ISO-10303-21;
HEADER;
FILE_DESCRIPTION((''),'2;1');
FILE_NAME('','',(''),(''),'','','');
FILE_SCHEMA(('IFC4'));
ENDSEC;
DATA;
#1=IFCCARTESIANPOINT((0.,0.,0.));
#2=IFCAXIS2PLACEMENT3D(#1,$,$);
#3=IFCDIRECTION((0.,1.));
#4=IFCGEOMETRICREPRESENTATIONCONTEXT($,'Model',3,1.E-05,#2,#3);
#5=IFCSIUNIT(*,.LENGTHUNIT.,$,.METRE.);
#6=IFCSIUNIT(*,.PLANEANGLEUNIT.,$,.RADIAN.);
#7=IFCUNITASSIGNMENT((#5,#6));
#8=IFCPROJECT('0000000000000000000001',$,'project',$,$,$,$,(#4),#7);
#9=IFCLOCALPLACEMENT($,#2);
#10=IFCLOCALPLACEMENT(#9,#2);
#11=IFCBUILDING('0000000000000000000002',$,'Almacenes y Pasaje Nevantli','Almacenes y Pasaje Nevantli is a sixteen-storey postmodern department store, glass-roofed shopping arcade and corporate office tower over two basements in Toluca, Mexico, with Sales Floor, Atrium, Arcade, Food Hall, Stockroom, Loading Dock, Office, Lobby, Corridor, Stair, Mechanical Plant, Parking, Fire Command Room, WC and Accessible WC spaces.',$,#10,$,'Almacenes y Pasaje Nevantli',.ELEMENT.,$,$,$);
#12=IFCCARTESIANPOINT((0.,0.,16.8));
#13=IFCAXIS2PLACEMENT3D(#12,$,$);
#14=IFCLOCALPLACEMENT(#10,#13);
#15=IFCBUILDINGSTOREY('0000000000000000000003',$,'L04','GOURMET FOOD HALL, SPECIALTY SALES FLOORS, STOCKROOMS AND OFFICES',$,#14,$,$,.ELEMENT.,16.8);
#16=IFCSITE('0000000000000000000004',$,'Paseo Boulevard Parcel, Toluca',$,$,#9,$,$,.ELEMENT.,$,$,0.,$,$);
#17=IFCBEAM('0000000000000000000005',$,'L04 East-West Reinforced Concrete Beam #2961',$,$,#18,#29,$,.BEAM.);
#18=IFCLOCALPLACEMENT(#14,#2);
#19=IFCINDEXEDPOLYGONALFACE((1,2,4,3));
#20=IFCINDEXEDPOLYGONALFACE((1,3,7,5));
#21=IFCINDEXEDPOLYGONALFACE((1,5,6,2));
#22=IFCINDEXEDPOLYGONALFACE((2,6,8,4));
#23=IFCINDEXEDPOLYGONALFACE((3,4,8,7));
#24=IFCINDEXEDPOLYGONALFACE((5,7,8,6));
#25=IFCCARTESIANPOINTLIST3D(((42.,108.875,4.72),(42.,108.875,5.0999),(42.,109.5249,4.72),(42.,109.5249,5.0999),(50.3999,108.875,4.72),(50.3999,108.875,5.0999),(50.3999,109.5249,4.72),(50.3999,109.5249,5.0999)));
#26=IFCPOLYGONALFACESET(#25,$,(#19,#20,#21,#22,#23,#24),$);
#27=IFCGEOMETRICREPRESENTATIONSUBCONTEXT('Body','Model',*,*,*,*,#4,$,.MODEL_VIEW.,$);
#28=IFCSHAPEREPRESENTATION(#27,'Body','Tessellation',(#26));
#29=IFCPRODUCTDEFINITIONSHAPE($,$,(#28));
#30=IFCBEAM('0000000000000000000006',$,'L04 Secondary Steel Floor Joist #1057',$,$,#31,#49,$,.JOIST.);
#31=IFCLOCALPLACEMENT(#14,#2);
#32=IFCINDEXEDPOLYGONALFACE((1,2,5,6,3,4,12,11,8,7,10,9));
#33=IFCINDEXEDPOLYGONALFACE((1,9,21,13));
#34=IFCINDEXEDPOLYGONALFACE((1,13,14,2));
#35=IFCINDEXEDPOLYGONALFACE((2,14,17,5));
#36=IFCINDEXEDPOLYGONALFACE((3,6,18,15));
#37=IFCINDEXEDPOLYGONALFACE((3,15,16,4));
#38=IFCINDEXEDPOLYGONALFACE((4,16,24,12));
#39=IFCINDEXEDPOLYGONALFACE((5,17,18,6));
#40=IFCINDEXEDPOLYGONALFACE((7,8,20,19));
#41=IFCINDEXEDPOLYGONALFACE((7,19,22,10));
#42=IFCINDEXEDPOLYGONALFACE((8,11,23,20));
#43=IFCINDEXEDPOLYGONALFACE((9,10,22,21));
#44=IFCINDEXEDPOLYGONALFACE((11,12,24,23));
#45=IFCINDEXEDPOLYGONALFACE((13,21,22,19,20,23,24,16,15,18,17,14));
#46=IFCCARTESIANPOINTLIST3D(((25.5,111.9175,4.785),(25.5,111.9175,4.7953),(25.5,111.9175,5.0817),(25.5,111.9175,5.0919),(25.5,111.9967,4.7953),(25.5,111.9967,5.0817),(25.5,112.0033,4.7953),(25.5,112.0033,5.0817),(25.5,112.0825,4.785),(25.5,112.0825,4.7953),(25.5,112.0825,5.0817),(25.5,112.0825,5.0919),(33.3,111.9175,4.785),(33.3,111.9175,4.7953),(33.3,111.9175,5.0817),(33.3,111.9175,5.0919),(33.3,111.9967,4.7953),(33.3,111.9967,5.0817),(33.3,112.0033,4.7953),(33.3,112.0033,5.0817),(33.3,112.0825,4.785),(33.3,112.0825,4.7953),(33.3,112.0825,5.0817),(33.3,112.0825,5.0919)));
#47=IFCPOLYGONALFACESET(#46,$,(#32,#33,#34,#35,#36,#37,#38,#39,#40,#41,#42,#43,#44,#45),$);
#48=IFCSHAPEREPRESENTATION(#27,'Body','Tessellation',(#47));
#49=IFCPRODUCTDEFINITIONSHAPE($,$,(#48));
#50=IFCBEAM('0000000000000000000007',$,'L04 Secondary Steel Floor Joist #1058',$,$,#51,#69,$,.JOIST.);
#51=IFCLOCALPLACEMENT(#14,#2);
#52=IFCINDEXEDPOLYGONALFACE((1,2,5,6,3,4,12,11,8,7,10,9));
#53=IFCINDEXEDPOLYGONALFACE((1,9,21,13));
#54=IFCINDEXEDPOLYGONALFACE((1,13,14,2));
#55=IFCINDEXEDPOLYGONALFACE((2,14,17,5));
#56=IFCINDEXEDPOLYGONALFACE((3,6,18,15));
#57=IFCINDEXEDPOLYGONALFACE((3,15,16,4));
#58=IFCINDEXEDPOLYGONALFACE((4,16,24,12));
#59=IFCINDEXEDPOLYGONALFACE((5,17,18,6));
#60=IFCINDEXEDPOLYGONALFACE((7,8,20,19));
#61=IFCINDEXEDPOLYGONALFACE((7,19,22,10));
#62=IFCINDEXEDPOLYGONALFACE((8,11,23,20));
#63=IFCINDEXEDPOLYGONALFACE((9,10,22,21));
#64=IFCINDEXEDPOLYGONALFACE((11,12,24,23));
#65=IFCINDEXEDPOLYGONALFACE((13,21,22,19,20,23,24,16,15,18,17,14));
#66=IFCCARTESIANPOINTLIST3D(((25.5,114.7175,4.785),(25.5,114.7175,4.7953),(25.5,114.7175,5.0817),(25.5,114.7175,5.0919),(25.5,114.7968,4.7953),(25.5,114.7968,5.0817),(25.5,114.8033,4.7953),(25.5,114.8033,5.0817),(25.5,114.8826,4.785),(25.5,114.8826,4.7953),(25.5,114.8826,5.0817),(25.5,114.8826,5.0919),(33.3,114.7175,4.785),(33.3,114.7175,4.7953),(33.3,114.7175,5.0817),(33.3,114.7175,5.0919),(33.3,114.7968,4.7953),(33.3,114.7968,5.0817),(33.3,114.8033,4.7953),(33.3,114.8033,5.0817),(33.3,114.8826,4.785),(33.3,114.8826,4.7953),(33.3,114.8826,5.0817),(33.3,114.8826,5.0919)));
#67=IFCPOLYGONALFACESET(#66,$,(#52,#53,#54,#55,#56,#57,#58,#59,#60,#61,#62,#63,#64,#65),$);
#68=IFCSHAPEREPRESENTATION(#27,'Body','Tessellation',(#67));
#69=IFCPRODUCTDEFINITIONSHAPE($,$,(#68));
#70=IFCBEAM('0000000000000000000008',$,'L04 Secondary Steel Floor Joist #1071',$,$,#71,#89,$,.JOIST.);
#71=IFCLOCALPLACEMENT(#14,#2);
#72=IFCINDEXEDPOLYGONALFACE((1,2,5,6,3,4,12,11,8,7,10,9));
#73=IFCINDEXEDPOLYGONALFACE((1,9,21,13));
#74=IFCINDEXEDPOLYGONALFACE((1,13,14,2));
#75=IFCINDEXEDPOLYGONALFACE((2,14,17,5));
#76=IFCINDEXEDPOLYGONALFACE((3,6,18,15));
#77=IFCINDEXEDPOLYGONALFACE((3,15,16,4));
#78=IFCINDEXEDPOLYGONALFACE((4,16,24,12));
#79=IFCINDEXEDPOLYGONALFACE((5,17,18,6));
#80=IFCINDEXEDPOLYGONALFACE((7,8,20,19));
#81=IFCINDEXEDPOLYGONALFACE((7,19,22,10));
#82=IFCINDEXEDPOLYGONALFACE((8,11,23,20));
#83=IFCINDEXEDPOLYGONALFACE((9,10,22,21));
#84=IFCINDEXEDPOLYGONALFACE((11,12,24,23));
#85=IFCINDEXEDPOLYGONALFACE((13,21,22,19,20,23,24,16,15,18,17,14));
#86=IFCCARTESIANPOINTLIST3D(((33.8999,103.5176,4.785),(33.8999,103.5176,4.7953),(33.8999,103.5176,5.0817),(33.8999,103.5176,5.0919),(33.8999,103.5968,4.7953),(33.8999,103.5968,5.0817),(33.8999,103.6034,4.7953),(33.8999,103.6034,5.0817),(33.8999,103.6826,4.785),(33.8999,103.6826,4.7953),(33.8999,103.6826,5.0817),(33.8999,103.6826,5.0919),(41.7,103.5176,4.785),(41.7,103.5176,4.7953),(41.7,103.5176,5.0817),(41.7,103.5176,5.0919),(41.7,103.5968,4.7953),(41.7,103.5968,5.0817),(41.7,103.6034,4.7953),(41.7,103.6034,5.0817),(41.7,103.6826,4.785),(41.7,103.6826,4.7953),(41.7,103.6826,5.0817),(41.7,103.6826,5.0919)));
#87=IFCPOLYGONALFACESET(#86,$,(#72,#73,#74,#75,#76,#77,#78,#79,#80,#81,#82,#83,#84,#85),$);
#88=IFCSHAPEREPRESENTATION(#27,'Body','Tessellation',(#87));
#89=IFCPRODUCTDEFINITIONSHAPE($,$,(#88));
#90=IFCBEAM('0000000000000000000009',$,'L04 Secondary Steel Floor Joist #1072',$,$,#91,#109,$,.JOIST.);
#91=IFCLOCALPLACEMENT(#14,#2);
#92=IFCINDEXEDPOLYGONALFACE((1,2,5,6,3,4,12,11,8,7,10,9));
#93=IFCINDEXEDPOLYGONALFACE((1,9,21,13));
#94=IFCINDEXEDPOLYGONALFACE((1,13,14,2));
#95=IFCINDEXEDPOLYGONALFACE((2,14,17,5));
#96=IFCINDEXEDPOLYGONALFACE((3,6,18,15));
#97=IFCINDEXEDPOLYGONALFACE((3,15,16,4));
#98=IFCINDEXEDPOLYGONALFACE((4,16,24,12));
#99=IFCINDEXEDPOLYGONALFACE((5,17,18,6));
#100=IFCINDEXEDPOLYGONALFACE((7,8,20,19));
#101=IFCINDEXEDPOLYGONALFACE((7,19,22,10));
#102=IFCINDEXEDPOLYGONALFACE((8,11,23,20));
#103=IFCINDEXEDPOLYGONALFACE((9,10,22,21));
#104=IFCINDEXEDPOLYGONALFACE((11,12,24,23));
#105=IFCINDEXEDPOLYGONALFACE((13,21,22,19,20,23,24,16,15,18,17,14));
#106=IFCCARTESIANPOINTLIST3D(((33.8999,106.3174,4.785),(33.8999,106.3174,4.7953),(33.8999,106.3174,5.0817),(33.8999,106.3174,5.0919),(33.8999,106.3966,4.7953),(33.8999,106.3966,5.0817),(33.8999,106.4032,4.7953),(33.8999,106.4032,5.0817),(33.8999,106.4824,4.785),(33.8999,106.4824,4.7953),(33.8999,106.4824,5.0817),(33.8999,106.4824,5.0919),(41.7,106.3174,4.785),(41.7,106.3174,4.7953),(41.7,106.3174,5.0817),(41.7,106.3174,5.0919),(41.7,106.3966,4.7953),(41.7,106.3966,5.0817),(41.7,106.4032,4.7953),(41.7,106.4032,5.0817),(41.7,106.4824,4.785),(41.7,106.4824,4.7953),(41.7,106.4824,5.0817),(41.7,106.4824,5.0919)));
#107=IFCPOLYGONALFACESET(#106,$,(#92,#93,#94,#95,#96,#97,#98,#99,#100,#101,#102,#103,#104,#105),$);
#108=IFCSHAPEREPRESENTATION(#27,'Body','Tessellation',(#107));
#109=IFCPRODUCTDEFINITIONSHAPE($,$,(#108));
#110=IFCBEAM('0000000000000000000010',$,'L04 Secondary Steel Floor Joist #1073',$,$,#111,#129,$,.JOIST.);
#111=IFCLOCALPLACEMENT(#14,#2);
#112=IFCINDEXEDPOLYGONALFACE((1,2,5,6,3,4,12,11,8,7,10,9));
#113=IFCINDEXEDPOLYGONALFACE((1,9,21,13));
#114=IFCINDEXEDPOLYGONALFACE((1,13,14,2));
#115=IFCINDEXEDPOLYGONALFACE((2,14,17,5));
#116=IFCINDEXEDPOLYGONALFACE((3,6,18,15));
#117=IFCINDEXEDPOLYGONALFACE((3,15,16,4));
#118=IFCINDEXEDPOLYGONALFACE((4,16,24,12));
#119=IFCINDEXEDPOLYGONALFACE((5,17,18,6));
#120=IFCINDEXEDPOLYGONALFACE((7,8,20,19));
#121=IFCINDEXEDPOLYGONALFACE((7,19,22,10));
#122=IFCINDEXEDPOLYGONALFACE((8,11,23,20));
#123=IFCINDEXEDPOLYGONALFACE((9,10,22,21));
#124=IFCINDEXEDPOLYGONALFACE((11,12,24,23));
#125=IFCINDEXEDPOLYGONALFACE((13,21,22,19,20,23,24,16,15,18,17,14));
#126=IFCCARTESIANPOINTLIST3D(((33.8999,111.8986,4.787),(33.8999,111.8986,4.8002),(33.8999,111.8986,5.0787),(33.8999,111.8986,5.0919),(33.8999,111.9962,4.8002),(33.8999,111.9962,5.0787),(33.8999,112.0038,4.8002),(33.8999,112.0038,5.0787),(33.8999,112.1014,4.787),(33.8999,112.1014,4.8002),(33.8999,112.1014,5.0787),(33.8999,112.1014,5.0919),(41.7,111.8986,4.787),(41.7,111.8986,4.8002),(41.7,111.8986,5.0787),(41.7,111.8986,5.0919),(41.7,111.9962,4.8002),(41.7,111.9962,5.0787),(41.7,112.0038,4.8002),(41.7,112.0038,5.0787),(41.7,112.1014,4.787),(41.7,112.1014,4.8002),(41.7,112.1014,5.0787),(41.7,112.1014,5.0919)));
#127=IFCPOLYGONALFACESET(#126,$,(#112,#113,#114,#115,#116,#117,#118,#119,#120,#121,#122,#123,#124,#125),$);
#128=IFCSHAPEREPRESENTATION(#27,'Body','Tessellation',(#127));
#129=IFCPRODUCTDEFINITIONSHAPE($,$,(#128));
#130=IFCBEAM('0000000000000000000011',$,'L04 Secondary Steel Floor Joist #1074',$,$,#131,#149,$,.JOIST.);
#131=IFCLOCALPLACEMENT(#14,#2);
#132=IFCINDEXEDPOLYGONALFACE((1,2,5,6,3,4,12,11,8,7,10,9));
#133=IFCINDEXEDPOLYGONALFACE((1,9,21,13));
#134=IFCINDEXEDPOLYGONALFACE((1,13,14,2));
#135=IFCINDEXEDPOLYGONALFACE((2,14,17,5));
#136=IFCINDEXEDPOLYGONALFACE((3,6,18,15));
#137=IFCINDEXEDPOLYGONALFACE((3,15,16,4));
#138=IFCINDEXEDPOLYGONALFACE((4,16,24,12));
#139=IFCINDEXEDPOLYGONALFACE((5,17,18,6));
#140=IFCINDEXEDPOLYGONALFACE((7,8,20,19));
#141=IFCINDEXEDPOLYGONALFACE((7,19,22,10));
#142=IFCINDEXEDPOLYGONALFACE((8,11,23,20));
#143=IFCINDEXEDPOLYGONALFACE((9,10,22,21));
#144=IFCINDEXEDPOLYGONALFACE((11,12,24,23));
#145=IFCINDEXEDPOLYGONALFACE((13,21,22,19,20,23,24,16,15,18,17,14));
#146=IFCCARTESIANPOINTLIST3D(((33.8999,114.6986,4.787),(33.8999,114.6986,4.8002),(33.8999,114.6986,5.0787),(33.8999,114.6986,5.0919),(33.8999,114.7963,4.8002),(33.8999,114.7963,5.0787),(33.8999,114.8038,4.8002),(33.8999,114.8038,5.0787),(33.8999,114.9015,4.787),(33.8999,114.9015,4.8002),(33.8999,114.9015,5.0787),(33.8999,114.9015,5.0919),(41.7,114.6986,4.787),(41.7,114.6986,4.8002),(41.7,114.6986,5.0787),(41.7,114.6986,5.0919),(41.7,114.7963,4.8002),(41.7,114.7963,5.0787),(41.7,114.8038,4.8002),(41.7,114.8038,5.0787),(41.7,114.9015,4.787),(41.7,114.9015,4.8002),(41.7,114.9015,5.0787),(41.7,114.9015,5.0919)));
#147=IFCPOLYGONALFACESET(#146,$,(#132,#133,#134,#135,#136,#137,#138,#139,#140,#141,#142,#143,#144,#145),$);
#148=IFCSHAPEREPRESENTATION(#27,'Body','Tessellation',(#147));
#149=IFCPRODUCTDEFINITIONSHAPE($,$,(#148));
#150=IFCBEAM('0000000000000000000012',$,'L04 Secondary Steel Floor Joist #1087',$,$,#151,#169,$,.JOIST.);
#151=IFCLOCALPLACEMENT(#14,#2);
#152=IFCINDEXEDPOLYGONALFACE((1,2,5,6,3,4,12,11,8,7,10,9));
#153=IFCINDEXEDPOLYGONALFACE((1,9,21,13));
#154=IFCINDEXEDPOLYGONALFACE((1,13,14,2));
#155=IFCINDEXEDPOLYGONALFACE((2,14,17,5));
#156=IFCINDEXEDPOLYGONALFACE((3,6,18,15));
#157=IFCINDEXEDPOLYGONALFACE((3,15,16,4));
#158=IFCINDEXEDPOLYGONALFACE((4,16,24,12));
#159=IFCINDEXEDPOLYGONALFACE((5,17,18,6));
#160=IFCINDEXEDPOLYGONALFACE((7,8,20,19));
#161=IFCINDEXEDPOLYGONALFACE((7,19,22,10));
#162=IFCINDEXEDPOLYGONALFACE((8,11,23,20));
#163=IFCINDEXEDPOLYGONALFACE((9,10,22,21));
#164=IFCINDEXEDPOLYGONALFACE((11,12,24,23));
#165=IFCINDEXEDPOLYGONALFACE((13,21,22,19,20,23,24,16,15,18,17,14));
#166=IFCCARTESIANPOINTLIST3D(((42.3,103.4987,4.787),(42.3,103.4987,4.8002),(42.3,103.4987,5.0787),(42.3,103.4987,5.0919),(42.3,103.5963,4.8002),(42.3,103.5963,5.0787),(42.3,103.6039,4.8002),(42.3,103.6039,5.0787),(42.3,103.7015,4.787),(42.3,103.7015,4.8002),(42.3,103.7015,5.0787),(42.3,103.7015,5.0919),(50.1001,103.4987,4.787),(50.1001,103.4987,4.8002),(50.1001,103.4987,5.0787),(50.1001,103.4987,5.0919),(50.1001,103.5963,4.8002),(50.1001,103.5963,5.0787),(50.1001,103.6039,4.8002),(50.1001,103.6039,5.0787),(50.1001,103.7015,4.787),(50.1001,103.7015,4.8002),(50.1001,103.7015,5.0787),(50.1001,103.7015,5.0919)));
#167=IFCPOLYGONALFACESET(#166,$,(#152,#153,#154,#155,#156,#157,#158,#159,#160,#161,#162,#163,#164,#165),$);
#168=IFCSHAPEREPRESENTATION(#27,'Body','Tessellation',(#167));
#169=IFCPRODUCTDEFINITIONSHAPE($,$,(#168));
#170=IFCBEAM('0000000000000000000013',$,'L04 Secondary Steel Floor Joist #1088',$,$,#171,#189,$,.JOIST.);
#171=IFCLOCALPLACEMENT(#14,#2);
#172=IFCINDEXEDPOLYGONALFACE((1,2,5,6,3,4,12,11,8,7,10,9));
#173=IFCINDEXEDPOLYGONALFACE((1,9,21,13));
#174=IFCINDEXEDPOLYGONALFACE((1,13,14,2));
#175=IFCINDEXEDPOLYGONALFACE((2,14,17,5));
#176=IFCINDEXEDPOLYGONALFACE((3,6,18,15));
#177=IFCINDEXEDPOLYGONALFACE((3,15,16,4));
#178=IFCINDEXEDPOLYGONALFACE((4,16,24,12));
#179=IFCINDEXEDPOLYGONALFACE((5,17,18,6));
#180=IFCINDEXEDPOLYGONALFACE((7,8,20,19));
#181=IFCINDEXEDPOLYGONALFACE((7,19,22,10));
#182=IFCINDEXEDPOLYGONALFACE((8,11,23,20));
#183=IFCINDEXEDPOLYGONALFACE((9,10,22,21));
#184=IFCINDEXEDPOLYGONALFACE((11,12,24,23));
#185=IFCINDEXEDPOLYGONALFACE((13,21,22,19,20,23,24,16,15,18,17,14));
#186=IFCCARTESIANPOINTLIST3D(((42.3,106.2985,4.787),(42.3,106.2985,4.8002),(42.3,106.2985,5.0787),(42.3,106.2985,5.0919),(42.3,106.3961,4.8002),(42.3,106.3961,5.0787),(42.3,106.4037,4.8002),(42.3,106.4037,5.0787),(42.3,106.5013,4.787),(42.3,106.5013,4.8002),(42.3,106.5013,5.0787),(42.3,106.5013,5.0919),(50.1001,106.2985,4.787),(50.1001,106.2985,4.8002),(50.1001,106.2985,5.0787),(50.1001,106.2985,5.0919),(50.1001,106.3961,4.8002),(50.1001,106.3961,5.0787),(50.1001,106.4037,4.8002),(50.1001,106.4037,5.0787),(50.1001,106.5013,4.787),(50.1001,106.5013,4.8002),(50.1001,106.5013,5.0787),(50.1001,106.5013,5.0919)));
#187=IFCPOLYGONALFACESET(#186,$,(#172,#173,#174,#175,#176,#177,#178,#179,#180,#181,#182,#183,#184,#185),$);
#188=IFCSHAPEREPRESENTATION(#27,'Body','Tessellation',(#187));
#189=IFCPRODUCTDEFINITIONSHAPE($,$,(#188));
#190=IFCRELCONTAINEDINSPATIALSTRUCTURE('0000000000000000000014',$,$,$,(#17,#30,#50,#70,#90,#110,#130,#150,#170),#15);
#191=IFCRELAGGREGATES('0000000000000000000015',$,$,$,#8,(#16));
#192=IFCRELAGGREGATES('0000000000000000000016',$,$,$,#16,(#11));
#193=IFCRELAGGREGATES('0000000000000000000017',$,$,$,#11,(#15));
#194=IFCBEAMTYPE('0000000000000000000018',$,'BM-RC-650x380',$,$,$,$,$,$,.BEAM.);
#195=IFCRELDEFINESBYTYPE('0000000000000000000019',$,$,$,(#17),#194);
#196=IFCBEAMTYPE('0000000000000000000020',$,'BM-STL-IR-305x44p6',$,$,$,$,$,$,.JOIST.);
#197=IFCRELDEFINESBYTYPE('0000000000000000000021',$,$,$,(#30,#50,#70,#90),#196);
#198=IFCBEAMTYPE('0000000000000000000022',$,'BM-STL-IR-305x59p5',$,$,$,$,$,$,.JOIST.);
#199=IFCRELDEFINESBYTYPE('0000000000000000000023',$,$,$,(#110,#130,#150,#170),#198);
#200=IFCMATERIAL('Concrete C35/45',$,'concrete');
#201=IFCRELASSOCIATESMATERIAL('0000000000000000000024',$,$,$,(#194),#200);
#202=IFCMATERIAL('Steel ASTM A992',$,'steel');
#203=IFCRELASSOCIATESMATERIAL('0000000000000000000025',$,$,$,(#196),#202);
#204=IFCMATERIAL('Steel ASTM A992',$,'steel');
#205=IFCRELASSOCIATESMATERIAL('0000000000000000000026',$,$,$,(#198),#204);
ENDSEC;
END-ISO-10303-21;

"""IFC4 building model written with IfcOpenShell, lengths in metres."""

from ifc_helpers import new_model, si_unit, direction, frame, origin, origin_2d, place, context, subcontext, project, spatial, rectangle, i_section, extrude, material, material_profile, profile_set, type_object, element, save


model = new_model("IFC4")

# Units and contexts
model_context = context("Model", 3, precision=1e-05, world=origin(), true_north=direction((0.0, 1.0)))
body_context = subcontext(model_context, "Body", "Model", "MODEL_VIEW")
ifc_project = project(units=[si_unit("LENGTHUNIT", "METRE"), si_unit("PLANEANGLEUNIT", "RADIAN")], contexts=[model_context])

# Site, building, storey
site_placement = place(None, origin())
site = spatial("IfcSite", under=ifc_project, at=site_placement, Name="Paseo Boulevard Parcel, Toluca", CompositionType="ELEMENT", RefElevation=0.0)
building_placement = place(site_placement, origin())
building = spatial("IfcBuilding", under=site, at=building_placement, Name="Almacenes y Pasaje Nevantli", Description="Almacenes y Pasaje Nevantli is a sixteen-storey postmodern department store, glass-roofed shopping arcade and corporate office tower over two basements in Toluca, Mexico, with Sales Floor, Atrium, Arcade, Food Hall, Stockroom, Loading Dock, Office, Lobby, Corridor, Stair, Mechanical Plant, Parking, Fire Command Room, WC and Accessible WC spaces.", LongName="Almacenes y Pasaje Nevantli", CompositionType="ELEMENT")
storey_placement = place(building_placement, frame((0.0, 0.0, 16.8)))
storey = spatial("IfcBuildingStorey", under=building, at=storey_placement, Name="L04", Description="GOURMET FOOD HALL, SPECIALTY SALES FLOORS, STOCKROOMS AND OFFICES", CompositionType="ELEMENT", Elevation=16.8)

# Beams
ifc_material_1 = material(Name="Concrete C35/45", Category="concrete")
ifc_material_profile_1 = material_profile(ifc_material_1, rectangle(XDim=0.6499, YDim=0.3799, at=origin_2d()), Name="RC-BM-650x380")
ifc_profile_set_1 = profile_set([ifc_material_profile_1], Name="Concrete C35/45")
beam_type_1 = type_object("IfcBeamType", Name="BM-RC-650x380", PredefinedType="BEAM", material=ifc_profile_set_1)
beam_1_placement = place(storey_placement, frame((42.0, 109.2, 4.9099), z_axis=(1.0, 0.0, 0.0), x_axis=(0.0, 1.0, 0.0)))
element("IfcBeam", 1, at=beam_1_placement, inside=storey, type_object=beam_type_1, Name="L04 East-West Reinforced Concrete Beam #2961", PredefinedType="BEAM", context=body_context, shape_type="SweptSolid", body=[
    extrude(rectangle(XDim=0.6499, YDim=0.3799, at=origin_2d()), origin(), (0.0, 0.0, 1.0), 8.3999),
])
ifc_material_2 = material(Name="Steel ASTM A992", Category="steel")
ifc_material_profile_2 = material_profile(ifc_material_2, i_section(OverallWidth=0.165, OverallDepth=0.3069, WebThickness=0.0066, FlangeThickness=0.0103, at=origin_2d()), Name="IR 305x44.6")
ifc_profile_set_2 = profile_set([ifc_material_profile_2], Name="Steel ASTM A992")
beam_type_2 = type_object("IfcBeamType", Name="BM-STL-IR-305x44p6", PredefinedType="JOIST", material=ifc_profile_set_2)
for number, where, z_axis, x_axis, name in (
    (2, (25.5, 112.0, 4.9385), (1.0, 0.0, 0.0), (0.0, 1.0, 0.0), "L04 Secondary Steel Floor Joist #1057"),
    (3, (25.5, 114.8, 4.9385), (1.0, 0.0, 0.0), (0.0, 1.0, 0.0), "L04 Secondary Steel Floor Joist #1058"),
    (4, (33.8999, 103.6001, 4.9385), (1.0, 0.0, 0.0), (0.0, 1.0, 0.0), "L04 Secondary Steel Floor Joist #1071"),
    (5, (33.8999, 106.3999, 4.9385), (1.0, 0.0, 0.0), (0.0, 1.0, 0.0), "L04 Secondary Steel Floor Joist #1072"),
):
    element("IfcBeam", number, at=place(storey_placement, frame(where, z_axis=z_axis, x_axis=x_axis)), inside=storey, type_object=beam_type_2, Name=name, PredefinedType="JOIST", context=body_context, shape_type="SweptSolid", body=[
        extrude(i_section(OverallWidth=0.165, OverallDepth=0.3069, WebThickness=0.0066, FlangeThickness=0.0103, at=origin_2d()), origin(), (0.0, 0.0, 1.0), 7.8),
    ])
ifc_material_3 = material(Name="Steel ASTM A992", Category="steel")
ifc_material_profile_3 = material_profile(ifc_material_3, i_section(OverallWidth=0.2029, OverallDepth=0.3049, WebThickness=0.0076, FlangeThickness=0.0132, at=origin_2d()), Name="IR 305x59.5")
ifc_profile_set_3 = profile_set([ifc_material_profile_3], Name="Steel ASTM A992")
beam_type_3 = type_object("IfcBeamType", Name="BM-STL-IR-305x59p5", PredefinedType="JOIST", material=ifc_profile_set_3)
for number, where, z_axis, x_axis, name in (
    (6, (33.8999, 112.0, 4.9395), (1.0, 0.0, 0.0), (0.0, 1.0, 0.0), "L04 Secondary Steel Floor Joist #1073"),
    (7, (33.8999, 114.8, 4.9395), (1.0, 0.0, 0.0), (0.0, 1.0, 0.0), "L04 Secondary Steel Floor Joist #1074"),
    (8, (42.3, 103.6001, 4.9395), (1.0, 0.0, 0.0), (0.0, 1.0, 0.0), "L04 Secondary Steel Floor Joist #1087"),
    (9, (42.3, 106.3999, 4.9395), (1.0, 0.0, 0.0), (0.0, 1.0, 0.0), "L04 Secondary Steel Floor Joist #1088"),
):
    element("IfcBeam", number, at=place(storey_placement, frame(where, z_axis=z_axis, x_axis=x_axis)), inside=storey, type_object=beam_type_3, Name=name, PredefinedType="JOIST", context=body_context, shape_type="SweptSolid", body=[
        extrude(i_section(OverallWidth=0.2029, OverallDepth=0.3049, WebThickness=0.0076, FlangeThickness=0.0132, at=origin_2d()), origin(), (0.0, 0.0, 1.0), 7.8),
    ])

save(model, "model.ifc")
